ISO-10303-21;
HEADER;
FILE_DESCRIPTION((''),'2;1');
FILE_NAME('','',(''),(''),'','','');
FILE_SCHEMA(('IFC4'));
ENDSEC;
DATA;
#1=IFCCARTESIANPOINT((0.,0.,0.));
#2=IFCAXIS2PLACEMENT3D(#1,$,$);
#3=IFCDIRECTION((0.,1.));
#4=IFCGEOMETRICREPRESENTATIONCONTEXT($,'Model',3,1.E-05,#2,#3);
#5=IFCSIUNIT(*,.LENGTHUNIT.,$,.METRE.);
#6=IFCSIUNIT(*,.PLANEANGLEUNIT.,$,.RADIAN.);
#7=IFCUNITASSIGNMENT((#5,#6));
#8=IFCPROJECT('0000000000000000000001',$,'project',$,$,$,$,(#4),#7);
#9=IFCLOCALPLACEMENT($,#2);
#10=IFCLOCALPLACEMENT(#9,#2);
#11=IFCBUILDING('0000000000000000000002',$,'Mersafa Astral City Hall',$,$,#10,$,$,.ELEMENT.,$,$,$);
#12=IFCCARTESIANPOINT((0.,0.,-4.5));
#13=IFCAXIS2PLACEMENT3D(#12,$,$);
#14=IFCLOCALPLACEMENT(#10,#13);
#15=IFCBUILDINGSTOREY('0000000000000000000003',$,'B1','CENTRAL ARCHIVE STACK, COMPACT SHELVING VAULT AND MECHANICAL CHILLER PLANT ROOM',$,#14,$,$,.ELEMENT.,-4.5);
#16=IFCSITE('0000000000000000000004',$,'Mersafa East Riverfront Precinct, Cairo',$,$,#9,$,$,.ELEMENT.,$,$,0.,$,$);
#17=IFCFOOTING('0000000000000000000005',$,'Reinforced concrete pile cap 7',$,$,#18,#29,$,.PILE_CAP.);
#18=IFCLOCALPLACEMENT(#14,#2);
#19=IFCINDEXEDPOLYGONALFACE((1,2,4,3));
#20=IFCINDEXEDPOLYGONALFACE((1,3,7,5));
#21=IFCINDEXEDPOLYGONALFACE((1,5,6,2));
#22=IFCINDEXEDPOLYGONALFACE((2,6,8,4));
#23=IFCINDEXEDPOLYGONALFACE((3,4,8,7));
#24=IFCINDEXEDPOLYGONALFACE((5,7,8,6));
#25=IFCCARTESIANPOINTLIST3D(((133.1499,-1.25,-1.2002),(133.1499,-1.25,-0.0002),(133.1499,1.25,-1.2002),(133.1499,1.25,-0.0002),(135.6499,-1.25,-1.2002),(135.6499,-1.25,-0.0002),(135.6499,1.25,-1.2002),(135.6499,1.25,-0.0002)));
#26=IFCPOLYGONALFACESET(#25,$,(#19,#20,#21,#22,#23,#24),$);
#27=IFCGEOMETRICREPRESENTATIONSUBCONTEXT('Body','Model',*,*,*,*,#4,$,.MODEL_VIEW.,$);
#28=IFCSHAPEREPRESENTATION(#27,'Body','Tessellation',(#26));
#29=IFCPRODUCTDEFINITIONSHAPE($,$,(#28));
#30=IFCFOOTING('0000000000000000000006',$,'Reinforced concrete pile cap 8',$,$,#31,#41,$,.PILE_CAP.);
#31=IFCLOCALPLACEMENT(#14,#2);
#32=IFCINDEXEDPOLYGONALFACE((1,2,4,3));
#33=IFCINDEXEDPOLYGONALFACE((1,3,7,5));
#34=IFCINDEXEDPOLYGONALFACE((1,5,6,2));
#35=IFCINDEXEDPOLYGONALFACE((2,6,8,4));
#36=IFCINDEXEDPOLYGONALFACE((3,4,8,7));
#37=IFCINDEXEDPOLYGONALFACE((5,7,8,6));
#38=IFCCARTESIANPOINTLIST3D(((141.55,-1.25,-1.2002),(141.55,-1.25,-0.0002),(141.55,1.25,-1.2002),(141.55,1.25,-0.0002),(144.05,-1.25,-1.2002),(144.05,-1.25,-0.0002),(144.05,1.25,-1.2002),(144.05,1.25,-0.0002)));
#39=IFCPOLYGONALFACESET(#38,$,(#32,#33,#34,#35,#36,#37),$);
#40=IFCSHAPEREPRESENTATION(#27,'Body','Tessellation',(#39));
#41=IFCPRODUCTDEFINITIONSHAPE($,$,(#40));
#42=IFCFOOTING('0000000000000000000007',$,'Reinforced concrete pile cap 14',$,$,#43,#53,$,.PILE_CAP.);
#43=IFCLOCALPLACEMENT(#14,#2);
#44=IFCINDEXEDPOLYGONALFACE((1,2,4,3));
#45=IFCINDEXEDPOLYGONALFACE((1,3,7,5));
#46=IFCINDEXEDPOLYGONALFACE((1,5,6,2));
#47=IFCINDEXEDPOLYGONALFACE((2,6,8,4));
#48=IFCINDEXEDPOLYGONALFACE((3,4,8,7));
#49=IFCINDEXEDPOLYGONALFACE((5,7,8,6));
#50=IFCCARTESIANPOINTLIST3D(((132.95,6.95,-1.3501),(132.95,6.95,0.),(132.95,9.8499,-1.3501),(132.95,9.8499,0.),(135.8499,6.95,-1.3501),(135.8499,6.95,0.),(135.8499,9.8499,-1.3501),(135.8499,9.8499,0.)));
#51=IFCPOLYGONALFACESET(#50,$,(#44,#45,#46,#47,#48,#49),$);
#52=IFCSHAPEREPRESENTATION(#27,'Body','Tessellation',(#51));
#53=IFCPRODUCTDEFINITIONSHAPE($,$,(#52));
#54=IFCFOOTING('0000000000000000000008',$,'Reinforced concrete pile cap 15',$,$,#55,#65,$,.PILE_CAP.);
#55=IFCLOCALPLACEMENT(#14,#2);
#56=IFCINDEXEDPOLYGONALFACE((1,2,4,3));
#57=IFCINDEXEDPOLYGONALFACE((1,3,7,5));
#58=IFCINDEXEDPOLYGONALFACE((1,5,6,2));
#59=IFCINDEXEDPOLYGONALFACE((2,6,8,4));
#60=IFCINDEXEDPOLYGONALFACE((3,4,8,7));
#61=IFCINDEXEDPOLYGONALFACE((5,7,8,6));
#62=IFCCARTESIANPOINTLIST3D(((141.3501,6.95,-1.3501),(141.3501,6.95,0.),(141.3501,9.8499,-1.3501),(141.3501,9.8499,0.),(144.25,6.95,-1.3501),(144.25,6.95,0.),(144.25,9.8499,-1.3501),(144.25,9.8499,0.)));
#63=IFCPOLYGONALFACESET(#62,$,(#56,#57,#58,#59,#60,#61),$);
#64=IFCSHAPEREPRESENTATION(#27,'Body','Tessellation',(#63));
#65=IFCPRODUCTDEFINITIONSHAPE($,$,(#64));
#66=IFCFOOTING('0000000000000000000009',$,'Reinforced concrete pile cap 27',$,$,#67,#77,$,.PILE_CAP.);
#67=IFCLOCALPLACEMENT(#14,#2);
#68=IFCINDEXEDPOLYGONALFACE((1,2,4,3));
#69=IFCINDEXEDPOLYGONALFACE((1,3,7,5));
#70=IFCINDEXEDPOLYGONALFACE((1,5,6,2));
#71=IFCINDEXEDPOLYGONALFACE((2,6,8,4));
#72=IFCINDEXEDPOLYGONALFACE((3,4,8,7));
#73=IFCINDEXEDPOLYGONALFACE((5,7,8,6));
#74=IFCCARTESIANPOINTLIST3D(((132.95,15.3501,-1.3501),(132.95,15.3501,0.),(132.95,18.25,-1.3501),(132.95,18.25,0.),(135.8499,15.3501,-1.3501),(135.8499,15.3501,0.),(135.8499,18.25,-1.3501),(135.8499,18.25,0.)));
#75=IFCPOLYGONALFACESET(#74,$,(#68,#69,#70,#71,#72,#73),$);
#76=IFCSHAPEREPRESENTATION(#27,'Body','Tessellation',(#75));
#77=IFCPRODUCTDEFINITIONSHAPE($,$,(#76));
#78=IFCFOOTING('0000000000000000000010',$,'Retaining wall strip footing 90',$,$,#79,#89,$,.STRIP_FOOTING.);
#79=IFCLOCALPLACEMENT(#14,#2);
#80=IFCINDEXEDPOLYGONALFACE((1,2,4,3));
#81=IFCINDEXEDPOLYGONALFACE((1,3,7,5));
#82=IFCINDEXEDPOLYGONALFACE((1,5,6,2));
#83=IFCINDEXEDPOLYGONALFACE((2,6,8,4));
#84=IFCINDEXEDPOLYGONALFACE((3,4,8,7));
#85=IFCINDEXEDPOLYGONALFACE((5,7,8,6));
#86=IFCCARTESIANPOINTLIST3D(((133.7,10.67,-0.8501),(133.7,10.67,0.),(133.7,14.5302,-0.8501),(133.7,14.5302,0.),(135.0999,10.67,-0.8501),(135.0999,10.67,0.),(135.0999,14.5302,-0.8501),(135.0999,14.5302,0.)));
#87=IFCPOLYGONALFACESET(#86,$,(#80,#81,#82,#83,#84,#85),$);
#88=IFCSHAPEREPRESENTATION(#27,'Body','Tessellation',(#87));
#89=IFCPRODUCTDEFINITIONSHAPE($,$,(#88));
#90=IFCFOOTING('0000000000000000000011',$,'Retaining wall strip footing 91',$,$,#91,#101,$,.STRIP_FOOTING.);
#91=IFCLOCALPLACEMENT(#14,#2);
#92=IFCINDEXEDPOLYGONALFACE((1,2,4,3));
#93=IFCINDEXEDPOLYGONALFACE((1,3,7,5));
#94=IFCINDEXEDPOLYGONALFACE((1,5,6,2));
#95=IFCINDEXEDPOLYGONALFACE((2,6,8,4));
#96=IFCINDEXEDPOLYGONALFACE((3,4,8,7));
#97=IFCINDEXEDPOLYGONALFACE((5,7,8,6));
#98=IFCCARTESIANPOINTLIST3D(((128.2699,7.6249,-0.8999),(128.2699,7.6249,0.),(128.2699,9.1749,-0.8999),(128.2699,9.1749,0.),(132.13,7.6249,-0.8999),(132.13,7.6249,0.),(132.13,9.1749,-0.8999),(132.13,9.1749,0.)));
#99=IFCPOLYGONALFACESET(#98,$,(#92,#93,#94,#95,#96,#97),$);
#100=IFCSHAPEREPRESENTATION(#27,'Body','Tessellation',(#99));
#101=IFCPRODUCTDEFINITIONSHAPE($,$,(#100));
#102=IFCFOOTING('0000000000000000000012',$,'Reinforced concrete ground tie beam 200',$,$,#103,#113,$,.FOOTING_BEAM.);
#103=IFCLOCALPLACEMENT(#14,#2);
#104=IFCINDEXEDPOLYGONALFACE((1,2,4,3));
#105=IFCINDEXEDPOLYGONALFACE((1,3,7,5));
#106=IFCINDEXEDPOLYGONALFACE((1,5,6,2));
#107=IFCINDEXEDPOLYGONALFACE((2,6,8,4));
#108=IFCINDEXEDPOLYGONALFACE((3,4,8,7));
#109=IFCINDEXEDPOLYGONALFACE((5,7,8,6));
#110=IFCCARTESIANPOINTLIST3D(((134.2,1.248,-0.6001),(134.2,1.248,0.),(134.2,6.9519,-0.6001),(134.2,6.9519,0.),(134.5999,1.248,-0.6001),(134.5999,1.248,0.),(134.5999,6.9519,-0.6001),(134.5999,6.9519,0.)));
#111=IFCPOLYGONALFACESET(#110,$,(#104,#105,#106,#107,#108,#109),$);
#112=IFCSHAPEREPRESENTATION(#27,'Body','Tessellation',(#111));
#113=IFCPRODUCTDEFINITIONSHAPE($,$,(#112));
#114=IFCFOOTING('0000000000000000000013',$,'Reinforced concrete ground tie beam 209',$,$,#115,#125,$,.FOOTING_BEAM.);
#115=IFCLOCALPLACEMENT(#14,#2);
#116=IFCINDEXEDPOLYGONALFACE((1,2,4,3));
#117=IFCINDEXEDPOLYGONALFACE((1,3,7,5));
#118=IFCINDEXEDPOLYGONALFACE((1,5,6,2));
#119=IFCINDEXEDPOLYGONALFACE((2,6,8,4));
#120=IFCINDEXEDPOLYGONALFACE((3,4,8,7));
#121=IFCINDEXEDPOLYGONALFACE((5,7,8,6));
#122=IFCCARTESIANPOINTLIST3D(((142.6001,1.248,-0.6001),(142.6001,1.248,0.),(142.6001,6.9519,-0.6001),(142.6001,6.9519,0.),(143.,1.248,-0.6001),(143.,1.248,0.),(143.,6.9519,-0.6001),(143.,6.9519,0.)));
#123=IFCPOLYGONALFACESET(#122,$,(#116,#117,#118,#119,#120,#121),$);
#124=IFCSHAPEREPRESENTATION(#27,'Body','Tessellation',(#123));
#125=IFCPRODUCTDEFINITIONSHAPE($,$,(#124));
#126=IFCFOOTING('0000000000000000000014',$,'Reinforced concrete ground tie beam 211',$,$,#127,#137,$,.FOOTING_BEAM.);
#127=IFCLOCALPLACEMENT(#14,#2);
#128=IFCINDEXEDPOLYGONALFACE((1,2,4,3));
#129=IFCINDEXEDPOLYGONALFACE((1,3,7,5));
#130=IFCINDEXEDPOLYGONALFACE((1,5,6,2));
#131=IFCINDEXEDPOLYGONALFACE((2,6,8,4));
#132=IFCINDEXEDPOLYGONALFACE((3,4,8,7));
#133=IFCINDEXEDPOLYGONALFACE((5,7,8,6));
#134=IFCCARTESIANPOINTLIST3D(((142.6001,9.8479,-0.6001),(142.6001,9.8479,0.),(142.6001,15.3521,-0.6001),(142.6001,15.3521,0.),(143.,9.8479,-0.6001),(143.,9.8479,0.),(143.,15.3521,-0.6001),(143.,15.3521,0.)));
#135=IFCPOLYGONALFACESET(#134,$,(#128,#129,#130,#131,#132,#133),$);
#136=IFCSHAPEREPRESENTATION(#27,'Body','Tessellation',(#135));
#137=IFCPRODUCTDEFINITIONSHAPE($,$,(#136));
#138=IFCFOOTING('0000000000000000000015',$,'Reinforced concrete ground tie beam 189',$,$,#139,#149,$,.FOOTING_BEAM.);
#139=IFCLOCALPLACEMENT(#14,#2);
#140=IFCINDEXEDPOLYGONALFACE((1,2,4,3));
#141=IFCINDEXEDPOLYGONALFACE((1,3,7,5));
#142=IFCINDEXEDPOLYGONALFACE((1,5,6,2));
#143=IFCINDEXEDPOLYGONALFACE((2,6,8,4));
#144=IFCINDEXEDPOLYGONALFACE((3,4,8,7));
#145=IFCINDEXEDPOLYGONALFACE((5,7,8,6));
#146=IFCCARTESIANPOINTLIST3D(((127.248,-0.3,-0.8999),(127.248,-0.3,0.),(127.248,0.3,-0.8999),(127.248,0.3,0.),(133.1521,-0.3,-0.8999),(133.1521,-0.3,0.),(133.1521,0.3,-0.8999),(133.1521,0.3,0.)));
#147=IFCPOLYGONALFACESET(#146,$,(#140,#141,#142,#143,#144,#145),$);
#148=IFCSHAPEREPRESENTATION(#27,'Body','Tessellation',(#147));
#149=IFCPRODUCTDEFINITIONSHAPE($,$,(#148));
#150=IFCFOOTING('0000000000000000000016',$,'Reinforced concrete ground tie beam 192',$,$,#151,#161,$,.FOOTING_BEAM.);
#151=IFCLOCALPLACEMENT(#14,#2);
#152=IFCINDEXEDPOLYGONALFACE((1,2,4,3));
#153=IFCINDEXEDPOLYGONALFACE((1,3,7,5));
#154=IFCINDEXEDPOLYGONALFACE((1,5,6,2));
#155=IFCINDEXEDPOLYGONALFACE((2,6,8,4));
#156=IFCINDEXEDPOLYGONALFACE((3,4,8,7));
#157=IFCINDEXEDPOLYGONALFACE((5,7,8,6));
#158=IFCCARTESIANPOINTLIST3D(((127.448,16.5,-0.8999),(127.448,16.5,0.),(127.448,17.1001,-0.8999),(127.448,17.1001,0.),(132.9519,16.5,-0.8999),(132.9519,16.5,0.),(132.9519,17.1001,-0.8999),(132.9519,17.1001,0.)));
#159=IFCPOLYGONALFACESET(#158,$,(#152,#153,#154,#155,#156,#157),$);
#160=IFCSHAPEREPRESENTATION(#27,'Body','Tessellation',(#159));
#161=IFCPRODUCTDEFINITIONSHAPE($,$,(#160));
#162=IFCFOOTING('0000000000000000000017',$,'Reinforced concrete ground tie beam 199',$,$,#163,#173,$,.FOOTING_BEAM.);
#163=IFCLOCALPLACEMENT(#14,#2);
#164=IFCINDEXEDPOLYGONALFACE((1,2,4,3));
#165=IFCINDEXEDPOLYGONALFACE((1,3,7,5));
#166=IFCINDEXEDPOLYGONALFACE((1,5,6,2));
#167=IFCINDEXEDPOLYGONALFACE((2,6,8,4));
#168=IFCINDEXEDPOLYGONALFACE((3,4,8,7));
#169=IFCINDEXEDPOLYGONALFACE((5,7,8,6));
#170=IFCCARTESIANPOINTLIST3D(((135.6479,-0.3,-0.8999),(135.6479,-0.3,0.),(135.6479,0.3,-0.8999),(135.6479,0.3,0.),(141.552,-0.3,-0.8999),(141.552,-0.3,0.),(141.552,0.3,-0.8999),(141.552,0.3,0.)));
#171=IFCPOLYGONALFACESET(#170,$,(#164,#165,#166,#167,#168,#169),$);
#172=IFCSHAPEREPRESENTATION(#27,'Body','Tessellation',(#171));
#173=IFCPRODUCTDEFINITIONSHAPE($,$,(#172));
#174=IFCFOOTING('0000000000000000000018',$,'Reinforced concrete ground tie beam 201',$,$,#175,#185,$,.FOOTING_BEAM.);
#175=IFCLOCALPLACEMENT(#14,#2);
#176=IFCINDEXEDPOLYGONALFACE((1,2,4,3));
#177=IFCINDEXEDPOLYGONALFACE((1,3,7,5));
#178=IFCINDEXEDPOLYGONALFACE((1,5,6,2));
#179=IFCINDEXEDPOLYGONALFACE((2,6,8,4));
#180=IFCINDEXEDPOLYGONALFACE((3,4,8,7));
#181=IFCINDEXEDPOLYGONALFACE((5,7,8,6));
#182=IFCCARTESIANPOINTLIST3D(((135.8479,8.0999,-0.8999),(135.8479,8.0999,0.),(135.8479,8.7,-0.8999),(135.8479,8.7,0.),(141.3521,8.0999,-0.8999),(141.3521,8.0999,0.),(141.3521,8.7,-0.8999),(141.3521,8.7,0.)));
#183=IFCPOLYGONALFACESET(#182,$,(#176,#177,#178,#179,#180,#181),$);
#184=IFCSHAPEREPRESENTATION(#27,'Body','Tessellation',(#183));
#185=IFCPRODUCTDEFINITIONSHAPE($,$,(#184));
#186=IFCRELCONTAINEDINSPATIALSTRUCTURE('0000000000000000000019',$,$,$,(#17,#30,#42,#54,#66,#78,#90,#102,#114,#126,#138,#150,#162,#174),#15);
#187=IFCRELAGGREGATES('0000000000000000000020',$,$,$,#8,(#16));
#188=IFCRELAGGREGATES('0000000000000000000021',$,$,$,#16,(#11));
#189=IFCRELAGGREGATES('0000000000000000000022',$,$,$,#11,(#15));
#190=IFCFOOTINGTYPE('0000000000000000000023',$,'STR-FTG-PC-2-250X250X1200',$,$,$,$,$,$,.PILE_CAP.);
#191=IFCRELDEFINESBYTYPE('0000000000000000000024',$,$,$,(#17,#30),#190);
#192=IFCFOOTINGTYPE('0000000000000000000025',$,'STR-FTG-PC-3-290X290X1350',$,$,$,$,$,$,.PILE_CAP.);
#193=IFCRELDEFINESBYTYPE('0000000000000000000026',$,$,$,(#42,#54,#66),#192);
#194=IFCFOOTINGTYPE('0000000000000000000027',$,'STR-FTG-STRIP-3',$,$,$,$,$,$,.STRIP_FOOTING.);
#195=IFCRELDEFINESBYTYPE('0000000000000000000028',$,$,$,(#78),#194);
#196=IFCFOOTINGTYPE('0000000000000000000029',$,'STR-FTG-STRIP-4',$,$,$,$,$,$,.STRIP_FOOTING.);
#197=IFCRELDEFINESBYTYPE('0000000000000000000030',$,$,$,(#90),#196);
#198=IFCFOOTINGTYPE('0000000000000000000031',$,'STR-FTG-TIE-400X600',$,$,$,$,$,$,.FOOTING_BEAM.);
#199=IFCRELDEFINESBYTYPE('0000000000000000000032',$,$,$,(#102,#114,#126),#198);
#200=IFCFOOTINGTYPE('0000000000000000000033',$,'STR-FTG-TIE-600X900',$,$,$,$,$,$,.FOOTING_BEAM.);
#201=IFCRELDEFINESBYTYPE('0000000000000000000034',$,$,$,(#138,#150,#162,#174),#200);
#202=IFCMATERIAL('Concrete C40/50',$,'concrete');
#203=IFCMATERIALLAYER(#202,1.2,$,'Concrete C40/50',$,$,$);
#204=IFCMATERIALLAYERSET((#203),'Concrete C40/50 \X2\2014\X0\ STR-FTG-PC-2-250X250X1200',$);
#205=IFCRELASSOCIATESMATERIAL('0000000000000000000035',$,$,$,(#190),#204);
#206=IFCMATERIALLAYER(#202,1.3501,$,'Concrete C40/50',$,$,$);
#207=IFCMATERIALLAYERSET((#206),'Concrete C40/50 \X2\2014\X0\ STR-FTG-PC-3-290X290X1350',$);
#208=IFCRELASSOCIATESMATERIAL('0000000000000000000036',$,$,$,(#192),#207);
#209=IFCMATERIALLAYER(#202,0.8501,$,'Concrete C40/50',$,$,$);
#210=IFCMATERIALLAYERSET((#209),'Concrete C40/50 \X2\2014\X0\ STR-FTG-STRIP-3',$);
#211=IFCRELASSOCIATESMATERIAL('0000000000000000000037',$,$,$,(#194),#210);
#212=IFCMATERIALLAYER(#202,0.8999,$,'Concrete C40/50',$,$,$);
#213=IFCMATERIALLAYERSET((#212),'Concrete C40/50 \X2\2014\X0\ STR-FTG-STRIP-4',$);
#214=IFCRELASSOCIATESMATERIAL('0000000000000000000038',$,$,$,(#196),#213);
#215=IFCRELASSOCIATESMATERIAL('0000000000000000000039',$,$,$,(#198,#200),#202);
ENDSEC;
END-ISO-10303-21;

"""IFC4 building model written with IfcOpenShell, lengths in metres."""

from ifc_helpers import new_model, si_unit, direction, frame, origin, origin_2d, place, context, subcontext, project, spatial, rectangle, extrude, material, layer, layer_set, material_profile, profile_set, type_object, element, save


model = new_model("IFC4")

# Units and contexts
model_context = context("Model", 3, precision=1e-05, world=origin(), true_north=direction((0.0, 1.0)))
body_context = subcontext(model_context, "Body", "Model", "MODEL_VIEW")
ifc_project = project(units=[si_unit("LENGTHUNIT", "METRE"), si_unit("PLANEANGLEUNIT", "RADIAN")], contexts=[model_context])

# Site, building, storey
site_placement = place(None, origin())
site = spatial("IfcSite", under=ifc_project, at=site_placement, Name="Mersafa East Riverfront Precinct, Cairo", CompositionType="ELEMENT", RefElevation=0.0)
building_placement = place(site_placement, origin())
building = spatial("IfcBuilding", under=site, at=building_placement, Name="Mersafa Astral City Hall", CompositionType="ELEMENT")
storey_placement = place(building_placement, frame((0.0, 0.0, -4.5)))
storey = spatial("IfcBuildingStorey", under=building, at=storey_placement, Name="B1", Description="CENTRAL ARCHIVE STACK, COMPACT SHELVING VAULT AND MECHANICAL CHILLER PLANT ROOM", CompositionType="ELEMENT", Elevation=-4.5)

# Footings
ifc_material_1 = material(Name="Concrete C40/50", Category="concrete")
ifc_layer_1 = layer(ifc_material_1, 1.2, Name="Concrete C40/50")
ifc_layer_set_1 = layer_set([ifc_layer_1], Name="Concrete C40/50 — STR-FTG-PC-2-250X250X1200")
footing_type_1 = type_object("IfcFootingType", Name="STR-FTG-PC-2-250X250X1200", PredefinedType="PILE_CAP", material=ifc_layer_set_1)
for number, where, z_axis, x_axis, name in (
    (1, (134.3999, 0.0, -1.2002), (0.0, 0.0, 1.0), (1.0, 0.0, 0.0), "Reinforced concrete pile cap 7"),
    (2, (142.8, 0.0, -1.2002), (0.0, 0.0, 1.0), (1.0, 0.0, 0.0), "Reinforced concrete pile cap 8"),
):
    element("IfcFooting", number, at=place(storey_placement, frame(where, z_axis=z_axis, x_axis=x_axis)), inside=storey, type_object=footing_type_1, Name=name, PredefinedType="PILE_CAP", context=body_context, shape_type="SweptSolid", body=[
        extrude(rectangle(XDim=2.5, YDim=2.5, at=origin_2d()), origin(), (0.0, 0.0, 1.0), 1.2),
    ])
ifc_layer_2 = layer(ifc_material_1, 1.3501, Name="Concrete C40/50")
ifc_layer_set_2 = layer_set([ifc_layer_2], Name="Concrete C40/50 — STR-FTG-PC-3-290X290X1350")
footing_type_2 = type_object("IfcFootingType", Name="STR-FTG-PC-3-290X290X1350", PredefinedType="PILE_CAP", material=ifc_layer_set_2)
for number, where, z_axis, x_axis, name in (
    (3, (134.3999, 8.3999, -1.3501), (0.0, 0.0, 1.0), (1.0, 0.0, 0.0), "Reinforced concrete pile cap 14"),
    (4, (142.8, 8.3999, -1.3501), (0.0, 0.0, 1.0), (1.0, 0.0, 0.0), "Reinforced concrete pile cap 15"),
    (5, (134.3999, 16.8, -1.3501), (0.0, 0.0, 1.0), (1.0, 0.0, 0.0), "Reinforced concrete pile cap 27"),
):
    element("IfcFooting", number, at=place(storey_placement, frame(where, z_axis=z_axis, x_axis=x_axis)), inside=storey, type_object=footing_type_2, Name=name, PredefinedType="PILE_CAP", context=body_context, shape_type="SweptSolid", body=[
        extrude(rectangle(XDim=2.8999, YDim=2.8999, at=origin_2d()), origin(), (0.0, 0.0, 1.0), 1.3501),
    ])
ifc_layer_3 = layer(ifc_material_1, 0.8501, Name="Concrete C40/50")
ifc_layer_set_3 = layer_set([ifc_layer_3], Name="Concrete C40/50 — STR-FTG-STRIP-3")
footing_type_3 = type_object("IfcFootingType", Name="STR-FTG-STRIP-3", PredefinedType="STRIP_FOOTING", material=ifc_layer_set_3)
footing_1_placement = place(storey_placement, frame((134.3999, 12.6001, -0.8501), z_axis=(0.0, 0.0, 1.0), x_axis=(0.0, -1.0, 0.0)))
element("IfcFooting", 6, at=footing_1_placement, inside=storey, type_object=footing_type_3, Name="Retaining wall strip footing 90", PredefinedType="STRIP_FOOTING", context=body_context, shape_type="SweptSolid", body=[
    extrude(rectangle(XDim=3.8601, YDim=1.3999, at=origin_2d()), origin(), (0.0, 0.0, 1.0), 0.8501),
])
ifc_layer_4 = layer(ifc_material_1, 0.8999, Name="Concrete C40/50")
ifc_layer_set_4 = layer_set([ifc_layer_4], Name="Concrete C40/50 — STR-FTG-STRIP-4")
footing_type_4 = type_object("IfcFootingType", Name="STR-FTG-STRIP-4", PredefinedType="STRIP_FOOTING", material=ifc_layer_set_4)
footing_2_placement = place(storey_placement, frame((130.2, 8.3999, -0.8999), z_axis=(0.0, 0.0, 1.0), x_axis=(-1.0, 0.0, 0.0)))
element("IfcFooting", 7, at=footing_2_placement, inside=storey, type_object=footing_type_4, Name="Retaining wall strip footing 91", PredefinedType="STRIP_FOOTING", context=body_context, shape_type="SweptSolid", body=[
    extrude(rectangle(XDim=3.8601, YDim=1.55, at=origin_2d()), origin(), (0.0, 0.0, 1.0), 0.8999),
])
ifc_material_profile_1 = material_profile(ifc_material_1, rectangle(XDim=0.3999, YDim=0.6001, at=origin_2d()), Name="RC 400x600")
ifc_profile_set_1 = profile_set([ifc_material_profile_1], Name="Concrete C40/50")
footing_type_5 = type_object("IfcFootingType", Name="STR-FTG-TIE-400X600", PredefinedType="FOOTING_BEAM", material=ifc_profile_set_1)
for number, where, z_axis, x_axis, name in (
    (8, (134.3999, 1.248, -0.3), (0.0, 1.0, 0.0), (-1.0, 0.0, 0.0), "Reinforced concrete ground tie beam 200"),
    (9, (142.8, 1.248, -0.3), (0.0, 1.0, 0.0), (-1.0, 0.0, 0.0), "Reinforced concrete ground tie beam 209"),
):
    element("IfcFooting", number, at=place(storey_placement, frame(where, z_axis=z_axis, x_axis=x_axis)), inside=storey, type_object=footing_type_5, Name=name, PredefinedType="FOOTING_BEAM", context=body_context, shape_type="SweptSolid", body=[
        extrude(rectangle(XDim=0.3999, YDim=0.6001, at=origin_2d()), origin(), (0.0, 0.0, 1.0), 5.7039),
    ])
footing_3_placement = place(storey_placement, frame((142.8, 9.8479, -0.3), z_axis=(0.0, 1.0, 0.0), x_axis=(-1.0, 0.0, 0.0)))
element("IfcFooting", 10, at=footing_3_placement, inside=storey, type_object=footing_type_5, Name="Reinforced concrete ground tie beam 211", PredefinedType="FOOTING_BEAM", context=body_context, shape_type="SweptSolid", body=[
    extrude(rectangle(XDim=0.3999, YDim=0.6001, at=origin_2d()), origin(), (0.0, 0.0, 1.0), 5.5042),
])
ifc_material_profile_2 = material_profile(ifc_material_1, rectangle(XDim=0.6001, YDim=0.8999, at=origin_2d()), Name="RC 600x900")
ifc_profile_set_2 = profile_set([ifc_material_profile_2], Name="Concrete C40/50")
footing_type_6 = type_object("IfcFootingType", Name="STR-FTG-TIE-600X900", PredefinedType="FOOTING_BEAM", material=ifc_profile_set_2)
footing_4_placement = place(storey_placement, frame((127.248, 0.0, -0.45), z_axis=(1.0, 0.0, 0.0), x_axis=(0.0, 1.0, 0.0)))
element("IfcFooting", 11, at=footing_4_placement, inside=storey, type_object=footing_type_6, Name="Reinforced concrete ground tie beam 189", PredefinedType="FOOTING_BEAM", context=body_context, shape_type="SweptSolid", body=[
    extrude(rectangle(XDim=0.6001, YDim=0.8999, at=origin_2d()), origin(), (0.0, 0.0, 1.0), 5.9041),
])
footing_5_placement = place(storey_placement, frame((127.448, 16.8, -0.45), z_axis=(1.0, 0.0, 0.0), x_axis=(0.0, 1.0, 0.0)))
element("IfcFooting", 12, at=footing_5_placement, inside=storey, type_object=footing_type_6, Name="Reinforced concrete ground tie beam 192", PredefinedType="FOOTING_BEAM", context=body_context, shape_type="SweptSolid", body=[
    extrude(rectangle(XDim=0.6001, YDim=0.8999, at=origin_2d()), origin(), (0.0, 0.0, 1.0), 5.5039),
])
footing_6_placement = place(storey_placement, frame((135.6479, 0.0, -0.45), z_axis=(1.0, 0.0, 0.0), x_axis=(0.0, 1.0, 0.0)))
element("IfcFooting", 13, at=footing_6_placement, inside=storey, type_object=footing_type_6, Name="Reinforced concrete ground tie beam 199", PredefinedType="FOOTING_BEAM", context=body_context, shape_type="SweptSolid", body=[
    extrude(rectangle(XDim=0.6001, YDim=0.8999, at=origin_2d()), origin(), (0.0, 0.0, 1.0), 5.9041),
])
footing_7_placement = place(storey_placement, frame((135.8479, 8.3999, -0.45), z_axis=(1.0, 0.0, 0.0), x_axis=(0.0, 1.0, 0.0)))
element("IfcFooting", 14, at=footing_7_placement, inside=storey, type_object=footing_type_6, Name="Reinforced concrete ground tie beam 201", PredefinedType="FOOTING_BEAM", context=body_context, shape_type="SweptSolid", body=[
    extrude(rectangle(XDim=0.6001, YDim=0.8999, at=origin_2d()), origin(), (0.0, 0.0, 1.0), 5.5042),
])

save(model, "model.ifc")
